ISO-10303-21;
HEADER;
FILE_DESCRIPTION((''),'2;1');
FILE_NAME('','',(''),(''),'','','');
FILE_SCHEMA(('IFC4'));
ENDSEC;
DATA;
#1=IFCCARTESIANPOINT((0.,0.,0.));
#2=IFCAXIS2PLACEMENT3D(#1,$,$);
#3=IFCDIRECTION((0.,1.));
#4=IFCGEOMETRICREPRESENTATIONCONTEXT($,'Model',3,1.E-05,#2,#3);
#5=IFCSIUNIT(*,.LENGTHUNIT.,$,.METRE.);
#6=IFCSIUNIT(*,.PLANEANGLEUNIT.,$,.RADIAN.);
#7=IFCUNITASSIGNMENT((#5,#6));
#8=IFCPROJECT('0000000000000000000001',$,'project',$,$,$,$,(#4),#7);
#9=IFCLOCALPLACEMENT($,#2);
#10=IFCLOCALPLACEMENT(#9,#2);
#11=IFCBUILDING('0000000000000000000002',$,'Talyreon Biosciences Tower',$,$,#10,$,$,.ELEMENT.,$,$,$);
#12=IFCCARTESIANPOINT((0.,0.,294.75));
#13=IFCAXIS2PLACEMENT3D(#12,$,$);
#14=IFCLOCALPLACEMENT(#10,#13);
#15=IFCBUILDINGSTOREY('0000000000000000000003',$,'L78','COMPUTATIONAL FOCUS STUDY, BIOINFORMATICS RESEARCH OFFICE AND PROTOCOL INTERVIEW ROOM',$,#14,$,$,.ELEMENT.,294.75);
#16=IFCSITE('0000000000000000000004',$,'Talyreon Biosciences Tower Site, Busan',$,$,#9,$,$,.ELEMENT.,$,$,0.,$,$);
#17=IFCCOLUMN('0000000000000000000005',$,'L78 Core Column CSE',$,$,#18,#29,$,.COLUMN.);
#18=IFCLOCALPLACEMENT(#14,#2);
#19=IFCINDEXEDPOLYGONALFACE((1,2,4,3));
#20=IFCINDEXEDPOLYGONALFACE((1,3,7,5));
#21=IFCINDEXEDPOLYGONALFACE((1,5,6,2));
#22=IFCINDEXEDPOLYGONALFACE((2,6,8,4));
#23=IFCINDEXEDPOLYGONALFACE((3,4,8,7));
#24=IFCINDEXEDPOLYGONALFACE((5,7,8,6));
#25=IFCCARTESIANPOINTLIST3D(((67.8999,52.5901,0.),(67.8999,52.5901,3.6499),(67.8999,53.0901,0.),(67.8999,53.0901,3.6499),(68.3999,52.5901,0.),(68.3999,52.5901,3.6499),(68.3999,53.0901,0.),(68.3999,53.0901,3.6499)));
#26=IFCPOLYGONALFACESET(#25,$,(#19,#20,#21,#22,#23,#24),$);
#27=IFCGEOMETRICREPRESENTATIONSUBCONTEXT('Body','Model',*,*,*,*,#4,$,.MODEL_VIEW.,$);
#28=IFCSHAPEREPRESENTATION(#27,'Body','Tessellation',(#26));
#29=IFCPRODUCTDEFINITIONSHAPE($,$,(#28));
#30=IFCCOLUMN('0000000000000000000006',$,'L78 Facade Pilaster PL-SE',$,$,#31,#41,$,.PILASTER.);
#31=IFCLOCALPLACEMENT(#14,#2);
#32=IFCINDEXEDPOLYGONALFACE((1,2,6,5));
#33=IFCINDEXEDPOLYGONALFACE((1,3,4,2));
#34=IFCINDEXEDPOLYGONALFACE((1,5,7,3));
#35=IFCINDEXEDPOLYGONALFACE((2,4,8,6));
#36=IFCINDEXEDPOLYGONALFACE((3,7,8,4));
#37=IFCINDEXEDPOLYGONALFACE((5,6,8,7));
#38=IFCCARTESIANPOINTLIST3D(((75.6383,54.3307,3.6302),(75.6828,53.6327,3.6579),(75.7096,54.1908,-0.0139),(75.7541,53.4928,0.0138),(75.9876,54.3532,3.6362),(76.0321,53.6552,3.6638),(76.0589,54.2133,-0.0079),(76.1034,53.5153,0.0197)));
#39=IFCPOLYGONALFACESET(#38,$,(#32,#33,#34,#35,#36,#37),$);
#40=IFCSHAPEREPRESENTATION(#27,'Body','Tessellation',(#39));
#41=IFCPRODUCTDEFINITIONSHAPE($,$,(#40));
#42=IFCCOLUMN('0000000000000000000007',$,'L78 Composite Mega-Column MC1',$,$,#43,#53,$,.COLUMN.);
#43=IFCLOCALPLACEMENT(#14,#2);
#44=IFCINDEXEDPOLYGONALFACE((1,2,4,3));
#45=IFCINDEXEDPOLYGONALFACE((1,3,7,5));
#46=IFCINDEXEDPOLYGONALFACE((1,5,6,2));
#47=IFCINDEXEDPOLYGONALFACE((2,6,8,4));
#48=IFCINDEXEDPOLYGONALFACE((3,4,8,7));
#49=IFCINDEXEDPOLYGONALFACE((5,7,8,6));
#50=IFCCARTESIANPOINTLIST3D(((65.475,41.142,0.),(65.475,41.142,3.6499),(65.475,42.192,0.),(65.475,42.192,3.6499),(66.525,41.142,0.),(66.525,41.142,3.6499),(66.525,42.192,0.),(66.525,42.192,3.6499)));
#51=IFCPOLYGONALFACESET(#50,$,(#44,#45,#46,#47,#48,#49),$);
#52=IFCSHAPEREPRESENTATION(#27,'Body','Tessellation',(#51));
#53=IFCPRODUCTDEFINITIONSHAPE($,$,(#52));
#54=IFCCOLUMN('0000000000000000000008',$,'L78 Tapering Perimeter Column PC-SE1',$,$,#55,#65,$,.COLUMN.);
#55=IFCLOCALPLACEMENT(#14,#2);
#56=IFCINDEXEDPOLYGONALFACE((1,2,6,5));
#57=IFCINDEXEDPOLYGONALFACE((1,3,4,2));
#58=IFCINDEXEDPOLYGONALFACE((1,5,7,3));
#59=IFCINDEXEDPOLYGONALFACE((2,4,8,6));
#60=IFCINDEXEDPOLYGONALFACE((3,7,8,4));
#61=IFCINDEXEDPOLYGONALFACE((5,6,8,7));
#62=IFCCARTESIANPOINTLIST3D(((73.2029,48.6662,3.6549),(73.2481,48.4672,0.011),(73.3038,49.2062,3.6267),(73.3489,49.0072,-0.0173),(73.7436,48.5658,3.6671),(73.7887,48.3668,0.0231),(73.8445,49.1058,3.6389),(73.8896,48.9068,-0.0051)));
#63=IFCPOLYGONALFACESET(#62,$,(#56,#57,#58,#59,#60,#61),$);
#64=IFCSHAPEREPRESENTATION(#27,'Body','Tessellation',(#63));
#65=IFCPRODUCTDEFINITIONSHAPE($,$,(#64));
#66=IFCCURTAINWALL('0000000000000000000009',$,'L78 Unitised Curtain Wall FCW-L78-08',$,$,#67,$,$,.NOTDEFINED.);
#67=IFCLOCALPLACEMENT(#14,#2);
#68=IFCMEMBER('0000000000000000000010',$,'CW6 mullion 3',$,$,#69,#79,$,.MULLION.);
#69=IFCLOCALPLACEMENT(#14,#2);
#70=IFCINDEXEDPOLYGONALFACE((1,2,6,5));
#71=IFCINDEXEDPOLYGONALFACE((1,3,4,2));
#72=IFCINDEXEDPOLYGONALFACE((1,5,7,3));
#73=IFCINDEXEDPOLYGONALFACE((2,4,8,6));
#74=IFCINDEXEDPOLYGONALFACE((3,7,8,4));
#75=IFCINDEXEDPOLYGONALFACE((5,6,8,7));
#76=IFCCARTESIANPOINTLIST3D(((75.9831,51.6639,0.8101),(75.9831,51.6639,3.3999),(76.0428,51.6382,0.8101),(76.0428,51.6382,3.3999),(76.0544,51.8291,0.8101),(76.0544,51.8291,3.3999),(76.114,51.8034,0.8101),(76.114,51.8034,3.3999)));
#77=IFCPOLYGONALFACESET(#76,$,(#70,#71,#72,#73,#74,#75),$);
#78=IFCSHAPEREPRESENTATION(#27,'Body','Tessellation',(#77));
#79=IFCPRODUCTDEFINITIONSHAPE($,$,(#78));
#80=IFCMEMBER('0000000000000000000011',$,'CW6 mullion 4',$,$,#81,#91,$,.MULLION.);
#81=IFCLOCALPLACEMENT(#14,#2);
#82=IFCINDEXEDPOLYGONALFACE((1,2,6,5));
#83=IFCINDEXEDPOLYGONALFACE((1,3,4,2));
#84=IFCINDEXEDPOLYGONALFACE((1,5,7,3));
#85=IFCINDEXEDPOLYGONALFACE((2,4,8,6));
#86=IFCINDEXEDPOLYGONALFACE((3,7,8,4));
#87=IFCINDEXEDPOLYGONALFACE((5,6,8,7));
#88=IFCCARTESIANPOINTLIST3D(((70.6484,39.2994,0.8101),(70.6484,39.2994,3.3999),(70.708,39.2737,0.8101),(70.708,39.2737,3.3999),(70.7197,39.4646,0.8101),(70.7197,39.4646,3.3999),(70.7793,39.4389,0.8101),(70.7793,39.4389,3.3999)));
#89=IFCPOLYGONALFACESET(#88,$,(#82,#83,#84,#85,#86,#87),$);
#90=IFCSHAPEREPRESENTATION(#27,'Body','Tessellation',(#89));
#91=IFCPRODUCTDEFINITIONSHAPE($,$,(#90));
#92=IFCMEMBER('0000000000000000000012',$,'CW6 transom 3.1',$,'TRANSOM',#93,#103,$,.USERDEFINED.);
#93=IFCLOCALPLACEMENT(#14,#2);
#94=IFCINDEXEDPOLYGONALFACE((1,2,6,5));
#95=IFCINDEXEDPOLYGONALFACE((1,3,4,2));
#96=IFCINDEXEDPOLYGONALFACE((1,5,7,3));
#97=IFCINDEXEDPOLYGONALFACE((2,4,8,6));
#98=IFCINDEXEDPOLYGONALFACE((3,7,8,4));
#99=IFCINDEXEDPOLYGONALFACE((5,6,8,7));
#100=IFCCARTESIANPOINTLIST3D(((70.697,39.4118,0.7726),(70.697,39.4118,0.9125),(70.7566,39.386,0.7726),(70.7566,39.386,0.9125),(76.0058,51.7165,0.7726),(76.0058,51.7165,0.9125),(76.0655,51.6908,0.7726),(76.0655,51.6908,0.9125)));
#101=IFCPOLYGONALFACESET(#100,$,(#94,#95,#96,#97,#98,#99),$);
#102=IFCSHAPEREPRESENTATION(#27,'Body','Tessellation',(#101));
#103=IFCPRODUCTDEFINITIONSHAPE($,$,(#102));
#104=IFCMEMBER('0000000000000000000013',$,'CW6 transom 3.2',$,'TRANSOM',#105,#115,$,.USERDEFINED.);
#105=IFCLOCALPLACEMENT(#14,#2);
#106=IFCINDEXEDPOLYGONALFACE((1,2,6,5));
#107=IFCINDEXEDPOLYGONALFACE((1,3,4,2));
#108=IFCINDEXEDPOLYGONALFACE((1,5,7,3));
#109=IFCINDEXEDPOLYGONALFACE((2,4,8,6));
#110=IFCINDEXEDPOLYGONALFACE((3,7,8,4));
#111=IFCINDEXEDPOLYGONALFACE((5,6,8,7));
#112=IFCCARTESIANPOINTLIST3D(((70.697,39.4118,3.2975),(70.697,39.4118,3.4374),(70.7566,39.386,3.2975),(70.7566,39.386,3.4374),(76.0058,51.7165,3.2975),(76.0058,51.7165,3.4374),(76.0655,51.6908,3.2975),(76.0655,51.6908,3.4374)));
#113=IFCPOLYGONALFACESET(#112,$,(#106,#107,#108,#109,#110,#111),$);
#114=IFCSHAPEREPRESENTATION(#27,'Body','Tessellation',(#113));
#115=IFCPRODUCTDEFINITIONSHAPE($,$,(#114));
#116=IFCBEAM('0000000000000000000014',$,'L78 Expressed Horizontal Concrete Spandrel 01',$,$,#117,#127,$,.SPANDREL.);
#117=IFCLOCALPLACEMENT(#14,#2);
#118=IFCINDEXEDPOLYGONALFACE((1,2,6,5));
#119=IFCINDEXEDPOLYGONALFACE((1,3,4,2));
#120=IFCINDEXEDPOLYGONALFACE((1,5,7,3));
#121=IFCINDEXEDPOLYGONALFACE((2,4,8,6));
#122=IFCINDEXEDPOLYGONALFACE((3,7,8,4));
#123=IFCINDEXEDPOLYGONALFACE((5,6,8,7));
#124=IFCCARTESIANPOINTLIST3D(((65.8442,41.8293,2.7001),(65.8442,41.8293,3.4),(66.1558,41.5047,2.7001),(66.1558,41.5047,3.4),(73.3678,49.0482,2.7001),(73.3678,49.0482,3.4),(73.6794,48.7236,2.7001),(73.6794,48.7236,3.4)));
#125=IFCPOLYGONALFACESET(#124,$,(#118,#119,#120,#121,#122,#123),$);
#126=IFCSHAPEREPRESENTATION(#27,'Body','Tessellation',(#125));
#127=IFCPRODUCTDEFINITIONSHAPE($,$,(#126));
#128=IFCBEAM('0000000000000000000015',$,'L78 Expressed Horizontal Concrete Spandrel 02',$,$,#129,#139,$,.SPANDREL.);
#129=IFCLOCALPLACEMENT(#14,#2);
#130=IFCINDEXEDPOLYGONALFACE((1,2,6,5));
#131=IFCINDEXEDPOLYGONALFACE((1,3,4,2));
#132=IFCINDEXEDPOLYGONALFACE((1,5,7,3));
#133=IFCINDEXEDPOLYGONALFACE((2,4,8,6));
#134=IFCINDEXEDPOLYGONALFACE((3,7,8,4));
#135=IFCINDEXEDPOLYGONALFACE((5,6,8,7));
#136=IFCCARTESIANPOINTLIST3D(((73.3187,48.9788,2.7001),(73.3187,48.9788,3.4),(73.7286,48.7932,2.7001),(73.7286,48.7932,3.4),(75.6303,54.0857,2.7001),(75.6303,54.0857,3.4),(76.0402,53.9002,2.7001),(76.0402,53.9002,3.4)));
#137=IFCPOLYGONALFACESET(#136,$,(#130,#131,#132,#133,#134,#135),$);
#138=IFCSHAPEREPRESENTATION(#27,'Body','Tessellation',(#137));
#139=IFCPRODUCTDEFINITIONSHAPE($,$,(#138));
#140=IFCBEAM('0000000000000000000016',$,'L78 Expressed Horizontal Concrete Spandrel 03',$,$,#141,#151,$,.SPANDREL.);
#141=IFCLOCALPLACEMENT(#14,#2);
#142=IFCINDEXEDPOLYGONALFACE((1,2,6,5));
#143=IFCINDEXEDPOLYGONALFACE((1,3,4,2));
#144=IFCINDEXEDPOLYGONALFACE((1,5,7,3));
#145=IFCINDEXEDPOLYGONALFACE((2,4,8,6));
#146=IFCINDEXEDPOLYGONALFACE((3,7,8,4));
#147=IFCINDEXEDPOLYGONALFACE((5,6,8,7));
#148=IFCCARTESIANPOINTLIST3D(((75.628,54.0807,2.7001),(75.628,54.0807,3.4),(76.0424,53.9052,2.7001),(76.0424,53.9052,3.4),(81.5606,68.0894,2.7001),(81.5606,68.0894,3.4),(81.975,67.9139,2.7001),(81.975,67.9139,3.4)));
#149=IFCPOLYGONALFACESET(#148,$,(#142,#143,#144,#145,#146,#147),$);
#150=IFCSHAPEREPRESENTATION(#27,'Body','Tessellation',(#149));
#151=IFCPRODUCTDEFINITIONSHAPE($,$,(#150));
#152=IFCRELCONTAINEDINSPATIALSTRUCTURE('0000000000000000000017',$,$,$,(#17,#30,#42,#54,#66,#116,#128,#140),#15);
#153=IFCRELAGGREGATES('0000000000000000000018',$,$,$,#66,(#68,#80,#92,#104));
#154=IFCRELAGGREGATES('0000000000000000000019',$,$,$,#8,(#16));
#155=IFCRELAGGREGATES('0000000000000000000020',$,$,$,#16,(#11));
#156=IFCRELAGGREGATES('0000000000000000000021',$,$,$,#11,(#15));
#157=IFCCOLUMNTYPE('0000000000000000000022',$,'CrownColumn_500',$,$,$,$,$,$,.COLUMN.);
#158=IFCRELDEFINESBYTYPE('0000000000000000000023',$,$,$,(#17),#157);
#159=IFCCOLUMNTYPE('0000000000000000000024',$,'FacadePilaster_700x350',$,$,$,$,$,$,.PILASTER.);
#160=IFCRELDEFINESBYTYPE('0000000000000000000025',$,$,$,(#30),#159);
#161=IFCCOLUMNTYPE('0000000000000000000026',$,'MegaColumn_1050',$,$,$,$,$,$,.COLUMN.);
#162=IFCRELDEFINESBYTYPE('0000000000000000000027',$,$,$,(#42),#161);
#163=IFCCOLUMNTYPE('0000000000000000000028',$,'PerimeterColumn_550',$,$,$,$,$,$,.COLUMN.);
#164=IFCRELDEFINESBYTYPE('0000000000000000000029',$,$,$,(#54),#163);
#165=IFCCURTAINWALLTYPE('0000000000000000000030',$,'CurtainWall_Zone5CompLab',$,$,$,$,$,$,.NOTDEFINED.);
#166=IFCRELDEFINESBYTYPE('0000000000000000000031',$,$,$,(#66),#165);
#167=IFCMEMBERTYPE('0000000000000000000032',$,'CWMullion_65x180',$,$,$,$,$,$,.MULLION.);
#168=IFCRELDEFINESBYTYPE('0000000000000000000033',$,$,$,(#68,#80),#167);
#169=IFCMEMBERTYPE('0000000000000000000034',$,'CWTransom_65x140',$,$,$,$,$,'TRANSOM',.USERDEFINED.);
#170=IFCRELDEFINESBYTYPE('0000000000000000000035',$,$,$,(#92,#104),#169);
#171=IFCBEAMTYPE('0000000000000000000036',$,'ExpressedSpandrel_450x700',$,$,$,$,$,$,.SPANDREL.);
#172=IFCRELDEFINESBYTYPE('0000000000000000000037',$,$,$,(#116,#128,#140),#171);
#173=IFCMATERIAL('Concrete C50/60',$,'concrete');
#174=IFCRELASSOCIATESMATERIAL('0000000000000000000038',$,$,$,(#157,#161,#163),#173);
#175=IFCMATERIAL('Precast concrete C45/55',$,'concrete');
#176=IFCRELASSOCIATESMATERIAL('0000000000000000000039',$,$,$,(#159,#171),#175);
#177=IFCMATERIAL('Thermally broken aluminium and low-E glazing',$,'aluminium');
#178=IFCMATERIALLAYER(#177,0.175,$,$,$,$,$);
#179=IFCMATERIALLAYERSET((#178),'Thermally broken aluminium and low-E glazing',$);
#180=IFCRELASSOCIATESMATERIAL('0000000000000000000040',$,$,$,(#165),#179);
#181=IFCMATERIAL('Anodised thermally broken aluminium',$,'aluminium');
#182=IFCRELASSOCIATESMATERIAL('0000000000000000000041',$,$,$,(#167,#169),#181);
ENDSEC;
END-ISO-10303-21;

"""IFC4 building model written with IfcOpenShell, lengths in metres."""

from ifc_helpers import new_model, si_unit, direction, frame, origin, origin_2d, place, context, subcontext, project, spatial, rectangle, extrude, material, layer, layer_set, material_profile, profile_set, type_object, element, aggregate, save


model = new_model("IFC4")

# Units and contexts
model_context = context("Model", 3, precision=1e-05, world=origin(), true_north=direction((0.0, 1.0)))
body_context = subcontext(model_context, "Body", "Model", "MODEL_VIEW")
ifc_project = project(units=[si_unit("LENGTHUNIT", "METRE"), si_unit("PLANEANGLEUNIT", "RADIAN")], contexts=[model_context])

# Site, building, storey
site_placement = place(None, origin())
site = spatial("IfcSite", under=ifc_project, at=site_placement, Name="Talyreon Biosciences Tower Site, Busan", CompositionType="ELEMENT", RefElevation=0.0)
building_placement = place(site_placement, origin())
building = spatial("IfcBuilding", under=site, at=building_placement, Name="Talyreon Biosciences Tower", CompositionType="ELEMENT")
storey_placement = place(building_placement, frame((0.0, 0.0, 294.75)))
storey = spatial("IfcBuildingStorey", under=building, at=storey_placement, Name="L78", Description="COMPUTATIONAL FOCUS STUDY, BIOINFORMATICS RESEARCH OFFICE AND PROTOCOL INTERVIEW ROOM", CompositionType="ELEMENT", Elevation=294.75)

# Columns
ifc_material_1 = material(Name="Concrete C50/60", Category="concrete")
ifc_material_profile_1 = material_profile(ifc_material_1, rectangle(XDim=0.5, YDim=0.5, at=origin_2d()), Name="RC 500x500")
ifc_profile_set_1 = profile_set([ifc_material_profile_1], Name="Concrete C50/60")
column_type_1 = type_object("IfcColumnType", Name="CrownColumn_500", PredefinedType="COLUMN", material=ifc_profile_set_1)
column_1_placement = place(storey_placement, frame((68.1499, 52.8401, 0.0), z_axis=(0.0, 0.0, 1.0), x_axis=(1.0, 0.0, 0.0)))
element("IfcColumn", 1, at=column_1_placement, inside=storey, type_object=column_type_1, Name="L78 Core Column CSE", PredefinedType="COLUMN", context=body_context, shape_type="SweptSolid", body=[
    extrude(rectangle(XDim=0.5, YDim=0.5, at=origin_2d()), origin(), (0.0, 0.0, 1.0), 3.6499),
])
ifc_material_2 = material(Name="Precast concrete C45/55", Category="concrete")
ifc_material_profile_2 = material_profile(ifc_material_2, rectangle(XDim=0.7, YDim=0.3501, at=origin_2d()), Name="RC 700x350")
ifc_profile_set_2 = profile_set([ifc_material_profile_2], Name="Precast concrete C45/55")
column_type_2 = type_object("IfcColumnType", Name="FacadePilaster_700x350", PredefinedType="PILASTER", material=ifc_profile_set_2)
column_2_placement = place(storey_placement, frame((75.9065, 53.853, 0.0029), z_axis=(-0.019545, 0.038354, 0.999073), x_axis=(0.063542, -0.997196, 0.039525)))
element("IfcColumn", 2, at=column_2_placement, inside=storey, type_object=column_type_2, Name="L78 Facade Pilaster PL-SE", PredefinedType="PILASTER", context=body_context, shape_type="SweptSolid", body=[
    extrude(rectangle(XDim=0.7, YDim=0.3501, at=origin_2d()), origin(), (0.0, 0.0, 1.0), 3.6475),
])
ifc_material_profile_3 = material_profile(ifc_material_1, rectangle(XDim=1.05, YDim=1.05, at=origin_2d()), Name="RC 1050x1050")
ifc_profile_set_3 = profile_set([ifc_material_profile_3], Name="Concrete C50/60")
column_type_3 = type_object("IfcColumnType", Name="MegaColumn_1050", PredefinedType="COLUMN", material=ifc_profile_set_3)
column_3_placement = place(storey_placement, frame((66.0, 41.667, 0.0), z_axis=(0.0, 0.0, 1.0), x_axis=(1.0, 0.0, 0.0)))
element("IfcColumn", 3, at=column_3_placement, inside=storey, type_object=column_type_3, Name="L78 Composite Mega-Column MC1", PredefinedType="COLUMN", context=body_context, shape_type="SweptSolid", body=[
    extrude(rectangle(XDim=1.05, YDim=1.05, at=origin_2d()), origin(), (0.0, 0.0, 1.0), 3.6499),
])
ifc_material_profile_4 = material_profile(ifc_material_1, rectangle(XDim=0.55, YDim=0.55, at=origin_2d()), Name="RC 550x550")
ifc_profile_set_4 = profile_set([ifc_material_profile_4], Name="Concrete C50/60")
column_type_4 = type_object("IfcColumnType", Name="PerimeterColumn_550", PredefinedType="COLUMN", material=ifc_profile_set_4)
column_4_placement = place(storey_placement, frame((73.5688, 48.687, 0.0029), z_axis=(-0.012375, 0.054517, 0.998436), x_axis=(-0.183393, -0.981699, 0.05133)))
element("IfcColumn", 4, at=column_4_placement, inside=storey, type_object=column_type_4, Name="L78 Tapering Perimeter Column PC-SE1", PredefinedType="COLUMN", context=body_context, shape_type="SweptSolid", body=[
    extrude(rectangle(XDim=0.55, YDim=0.55, at=origin_2d()), origin(), (0.0, 0.0, 1.0), 3.6497),
])

# Curtain wall, members
ifc_material_3 = material(Name="Thermally broken aluminium and low-E glazing", Category="aluminium")
ifc_layer_1 = layer(ifc_material_3, 0.175)
ifc_layer_set_1 = layer_set([ifc_layer_1], Name="Thermally broken aluminium and low-E glazing")
curtain_wall_type = type_object("IfcCurtainWallType", Name="CurtainWall_Zone5CompLab", PredefinedType="NOTDEFINED", material=ifc_layer_set_1)
curtain_wall_placement = place(storey_placement, origin())
curtain_wall = element("IfcCurtainWall", 5, at=curtain_wall_placement, inside=storey, type_object=curtain_wall_type, Name="L78 Unitised Curtain Wall FCW-L78-08", PredefinedType="NOTDEFINED")
ifc_material_4 = material(Name="Anodised thermally broken aluminium", Category="aluminium")
ifc_material_profile_5 = material_profile(ifc_material_4, rectangle(XDim=0.0649, YDim=0.1799, at=origin_2d()), Name="ALUM MULLION 65x180")
ifc_profile_set_5 = profile_set([ifc_material_profile_5], Name="Anodised thermally broken aluminium")
member_type_1 = type_object("IfcMemberType", Name="CWMullion_65x180", PredefinedType="MULLION", material=ifc_profile_set_5)
member_1_placement = place(storey_placement, frame((76.0486, 51.7336, 0.8101), z_axis=(0.0, 0.0, 1.0), x_axis=(0.918187, -0.396147, 0.0)))
member_1 = element("IfcMember", 6, at=member_1_placement, type_object=member_type_1, Name="CW6 mullion 3", PredefinedType="MULLION", context=body_context, shape_type="SweptSolid", body=[
    extrude(rectangle(XDim=0.0649, YDim=0.1799, at=origin_2d()), origin(), (0.0, 0.0, 1.0), 2.5898),
])
member_2_placement = place(storey_placement, frame((70.7139, 39.3691, 0.8101), z_axis=(0.0, 0.0, 1.0), x_axis=(0.918187, -0.396147, 0.0)))
member_2 = element("IfcMember", 7, at=member_2_placement, type_object=member_type_1, Name="CW6 mullion 4", PredefinedType="MULLION", context=body_context, shape_type="SweptSolid", body=[
    extrude(rectangle(XDim=0.0649, YDim=0.1799, at=origin_2d()), origin(), (0.0, 0.0, 1.0), 2.5898),
])
ifc_material_profile_6 = material_profile(ifc_material_4, rectangle(XDim=0.0649, YDim=0.1399, at=origin_2d()), Name="ALUM TRANSOM 65x140")
ifc_profile_set_6 = profile_set([ifc_material_profile_6], Name="Anodised thermally broken aluminium")
member_type_2 = type_object("IfcMemberType", Name="CWTransom_65x140", ElementType="TRANSOM", PredefinedType="USERDEFINED", material=ifc_profile_set_6)
member_3_placement = place(storey_placement, frame((76.0356, 51.7036, 0.8425), z_axis=(-0.39615, -0.918186, 0.0), x_axis=(0.918186, -0.39615, 0.0)))
member_3 = element("IfcMember", 8, at=member_3_placement, type_object=member_type_2, Name="CW6 transom 3.1", ObjectType="TRANSOM", PredefinedType="USERDEFINED", context=body_context, shape_type="SweptSolid", body=[
    extrude(rectangle(XDim=0.0649, YDim=0.1399, at=origin_2d()), origin(), (0.0, 0.0, 1.0), 13.4011),
])
member_4_placement = place(storey_placement, frame((76.0356, 51.7036, 3.3674), z_axis=(-0.39615, -0.918186, 0.0), x_axis=(0.918186, -0.39615, 0.0)))
member_4 = element("IfcMember", 9, at=member_4_placement, type_object=member_type_2, Name="CW6 transom 3.2", ObjectType="TRANSOM", PredefinedType="USERDEFINED", context=body_context, shape_type="SweptSolid", body=[
    extrude(rectangle(XDim=0.0649, YDim=0.1399, at=origin_2d()), origin(), (0.0, 0.0, 1.0), 13.4011),
])

# Beams
ifc_material_profile_7 = material_profile(ifc_material_2, rectangle(XDim=0.45, YDim=0.7, at=origin_2d()), Name="RCB 450x700")
ifc_profile_set_7 = profile_set([ifc_material_profile_7], Name="Precast concrete C45/55")
beam_type_1 = type_object("IfcBeamType", Name="ExpressedSpandrel_450x700", PredefinedType="SPANDREL", material=ifc_profile_set_7)
beam_1_placement = place(storey_placement, frame((66.0, 41.667, 3.05), z_axis=(0.721567, 0.692345, 0.0), x_axis=(-0.692345, 0.721567, 0.0)))
element("IfcBeam", 10, at=beam_1_placement, inside=storey, type_object=beam_type_1, Name="L78 Expressed Horizontal Concrete Spandrel 01", PredefinedType="SPANDREL", context=body_context, shape_type="SweptSolid", body=[
    extrude(rectangle(XDim=0.45, YDim=0.7, at=origin_2d()), origin(), (0.0, 0.0, 1.0), 10.4268),
])
beam_2_placement = place(storey_placement, frame((73.5237, 48.886, 3.05), z_axis=(0.412352, 0.911025, 0.0), x_axis=(-0.911025, 0.412352, 0.0)))
element("IfcBeam", 11, at=beam_2_placement, inside=storey, type_object=beam_type_1, Name="L78 Expressed Horizontal Concrete Spandrel 02", PredefinedType="SPANDREL", context=body_context, shape_type="SweptSolid", body=[
    extrude(rectangle(XDim=0.45, YDim=0.7, at=origin_2d()), origin(), (0.0, 0.0, 1.0), 5.6057),
])
beam_3_placement = place(storey_placement, frame((75.8352, 53.9929, 3.05), z_axis=(0.389965, 0.92083, 0.0), x_axis=(-0.92083, 0.389965, 0.0)))
element("IfcBeam", 12, at=beam_3_placement, inside=storey, type_object=beam_type_1, Name="L78 Expressed Horizontal Concrete Spandrel 03", PredefinedType="SPANDREL", context=body_context, shape_type="SweptSolid", body=[
    extrude(rectangle(XDim=0.45, YDim=0.7, at=origin_2d()), origin(), (0.0, 0.0, 1.0), 15.2131),
])

aggregate(curtain_wall, [member_1, member_2, member_3, member_4])

save(model, "model.ifc")
